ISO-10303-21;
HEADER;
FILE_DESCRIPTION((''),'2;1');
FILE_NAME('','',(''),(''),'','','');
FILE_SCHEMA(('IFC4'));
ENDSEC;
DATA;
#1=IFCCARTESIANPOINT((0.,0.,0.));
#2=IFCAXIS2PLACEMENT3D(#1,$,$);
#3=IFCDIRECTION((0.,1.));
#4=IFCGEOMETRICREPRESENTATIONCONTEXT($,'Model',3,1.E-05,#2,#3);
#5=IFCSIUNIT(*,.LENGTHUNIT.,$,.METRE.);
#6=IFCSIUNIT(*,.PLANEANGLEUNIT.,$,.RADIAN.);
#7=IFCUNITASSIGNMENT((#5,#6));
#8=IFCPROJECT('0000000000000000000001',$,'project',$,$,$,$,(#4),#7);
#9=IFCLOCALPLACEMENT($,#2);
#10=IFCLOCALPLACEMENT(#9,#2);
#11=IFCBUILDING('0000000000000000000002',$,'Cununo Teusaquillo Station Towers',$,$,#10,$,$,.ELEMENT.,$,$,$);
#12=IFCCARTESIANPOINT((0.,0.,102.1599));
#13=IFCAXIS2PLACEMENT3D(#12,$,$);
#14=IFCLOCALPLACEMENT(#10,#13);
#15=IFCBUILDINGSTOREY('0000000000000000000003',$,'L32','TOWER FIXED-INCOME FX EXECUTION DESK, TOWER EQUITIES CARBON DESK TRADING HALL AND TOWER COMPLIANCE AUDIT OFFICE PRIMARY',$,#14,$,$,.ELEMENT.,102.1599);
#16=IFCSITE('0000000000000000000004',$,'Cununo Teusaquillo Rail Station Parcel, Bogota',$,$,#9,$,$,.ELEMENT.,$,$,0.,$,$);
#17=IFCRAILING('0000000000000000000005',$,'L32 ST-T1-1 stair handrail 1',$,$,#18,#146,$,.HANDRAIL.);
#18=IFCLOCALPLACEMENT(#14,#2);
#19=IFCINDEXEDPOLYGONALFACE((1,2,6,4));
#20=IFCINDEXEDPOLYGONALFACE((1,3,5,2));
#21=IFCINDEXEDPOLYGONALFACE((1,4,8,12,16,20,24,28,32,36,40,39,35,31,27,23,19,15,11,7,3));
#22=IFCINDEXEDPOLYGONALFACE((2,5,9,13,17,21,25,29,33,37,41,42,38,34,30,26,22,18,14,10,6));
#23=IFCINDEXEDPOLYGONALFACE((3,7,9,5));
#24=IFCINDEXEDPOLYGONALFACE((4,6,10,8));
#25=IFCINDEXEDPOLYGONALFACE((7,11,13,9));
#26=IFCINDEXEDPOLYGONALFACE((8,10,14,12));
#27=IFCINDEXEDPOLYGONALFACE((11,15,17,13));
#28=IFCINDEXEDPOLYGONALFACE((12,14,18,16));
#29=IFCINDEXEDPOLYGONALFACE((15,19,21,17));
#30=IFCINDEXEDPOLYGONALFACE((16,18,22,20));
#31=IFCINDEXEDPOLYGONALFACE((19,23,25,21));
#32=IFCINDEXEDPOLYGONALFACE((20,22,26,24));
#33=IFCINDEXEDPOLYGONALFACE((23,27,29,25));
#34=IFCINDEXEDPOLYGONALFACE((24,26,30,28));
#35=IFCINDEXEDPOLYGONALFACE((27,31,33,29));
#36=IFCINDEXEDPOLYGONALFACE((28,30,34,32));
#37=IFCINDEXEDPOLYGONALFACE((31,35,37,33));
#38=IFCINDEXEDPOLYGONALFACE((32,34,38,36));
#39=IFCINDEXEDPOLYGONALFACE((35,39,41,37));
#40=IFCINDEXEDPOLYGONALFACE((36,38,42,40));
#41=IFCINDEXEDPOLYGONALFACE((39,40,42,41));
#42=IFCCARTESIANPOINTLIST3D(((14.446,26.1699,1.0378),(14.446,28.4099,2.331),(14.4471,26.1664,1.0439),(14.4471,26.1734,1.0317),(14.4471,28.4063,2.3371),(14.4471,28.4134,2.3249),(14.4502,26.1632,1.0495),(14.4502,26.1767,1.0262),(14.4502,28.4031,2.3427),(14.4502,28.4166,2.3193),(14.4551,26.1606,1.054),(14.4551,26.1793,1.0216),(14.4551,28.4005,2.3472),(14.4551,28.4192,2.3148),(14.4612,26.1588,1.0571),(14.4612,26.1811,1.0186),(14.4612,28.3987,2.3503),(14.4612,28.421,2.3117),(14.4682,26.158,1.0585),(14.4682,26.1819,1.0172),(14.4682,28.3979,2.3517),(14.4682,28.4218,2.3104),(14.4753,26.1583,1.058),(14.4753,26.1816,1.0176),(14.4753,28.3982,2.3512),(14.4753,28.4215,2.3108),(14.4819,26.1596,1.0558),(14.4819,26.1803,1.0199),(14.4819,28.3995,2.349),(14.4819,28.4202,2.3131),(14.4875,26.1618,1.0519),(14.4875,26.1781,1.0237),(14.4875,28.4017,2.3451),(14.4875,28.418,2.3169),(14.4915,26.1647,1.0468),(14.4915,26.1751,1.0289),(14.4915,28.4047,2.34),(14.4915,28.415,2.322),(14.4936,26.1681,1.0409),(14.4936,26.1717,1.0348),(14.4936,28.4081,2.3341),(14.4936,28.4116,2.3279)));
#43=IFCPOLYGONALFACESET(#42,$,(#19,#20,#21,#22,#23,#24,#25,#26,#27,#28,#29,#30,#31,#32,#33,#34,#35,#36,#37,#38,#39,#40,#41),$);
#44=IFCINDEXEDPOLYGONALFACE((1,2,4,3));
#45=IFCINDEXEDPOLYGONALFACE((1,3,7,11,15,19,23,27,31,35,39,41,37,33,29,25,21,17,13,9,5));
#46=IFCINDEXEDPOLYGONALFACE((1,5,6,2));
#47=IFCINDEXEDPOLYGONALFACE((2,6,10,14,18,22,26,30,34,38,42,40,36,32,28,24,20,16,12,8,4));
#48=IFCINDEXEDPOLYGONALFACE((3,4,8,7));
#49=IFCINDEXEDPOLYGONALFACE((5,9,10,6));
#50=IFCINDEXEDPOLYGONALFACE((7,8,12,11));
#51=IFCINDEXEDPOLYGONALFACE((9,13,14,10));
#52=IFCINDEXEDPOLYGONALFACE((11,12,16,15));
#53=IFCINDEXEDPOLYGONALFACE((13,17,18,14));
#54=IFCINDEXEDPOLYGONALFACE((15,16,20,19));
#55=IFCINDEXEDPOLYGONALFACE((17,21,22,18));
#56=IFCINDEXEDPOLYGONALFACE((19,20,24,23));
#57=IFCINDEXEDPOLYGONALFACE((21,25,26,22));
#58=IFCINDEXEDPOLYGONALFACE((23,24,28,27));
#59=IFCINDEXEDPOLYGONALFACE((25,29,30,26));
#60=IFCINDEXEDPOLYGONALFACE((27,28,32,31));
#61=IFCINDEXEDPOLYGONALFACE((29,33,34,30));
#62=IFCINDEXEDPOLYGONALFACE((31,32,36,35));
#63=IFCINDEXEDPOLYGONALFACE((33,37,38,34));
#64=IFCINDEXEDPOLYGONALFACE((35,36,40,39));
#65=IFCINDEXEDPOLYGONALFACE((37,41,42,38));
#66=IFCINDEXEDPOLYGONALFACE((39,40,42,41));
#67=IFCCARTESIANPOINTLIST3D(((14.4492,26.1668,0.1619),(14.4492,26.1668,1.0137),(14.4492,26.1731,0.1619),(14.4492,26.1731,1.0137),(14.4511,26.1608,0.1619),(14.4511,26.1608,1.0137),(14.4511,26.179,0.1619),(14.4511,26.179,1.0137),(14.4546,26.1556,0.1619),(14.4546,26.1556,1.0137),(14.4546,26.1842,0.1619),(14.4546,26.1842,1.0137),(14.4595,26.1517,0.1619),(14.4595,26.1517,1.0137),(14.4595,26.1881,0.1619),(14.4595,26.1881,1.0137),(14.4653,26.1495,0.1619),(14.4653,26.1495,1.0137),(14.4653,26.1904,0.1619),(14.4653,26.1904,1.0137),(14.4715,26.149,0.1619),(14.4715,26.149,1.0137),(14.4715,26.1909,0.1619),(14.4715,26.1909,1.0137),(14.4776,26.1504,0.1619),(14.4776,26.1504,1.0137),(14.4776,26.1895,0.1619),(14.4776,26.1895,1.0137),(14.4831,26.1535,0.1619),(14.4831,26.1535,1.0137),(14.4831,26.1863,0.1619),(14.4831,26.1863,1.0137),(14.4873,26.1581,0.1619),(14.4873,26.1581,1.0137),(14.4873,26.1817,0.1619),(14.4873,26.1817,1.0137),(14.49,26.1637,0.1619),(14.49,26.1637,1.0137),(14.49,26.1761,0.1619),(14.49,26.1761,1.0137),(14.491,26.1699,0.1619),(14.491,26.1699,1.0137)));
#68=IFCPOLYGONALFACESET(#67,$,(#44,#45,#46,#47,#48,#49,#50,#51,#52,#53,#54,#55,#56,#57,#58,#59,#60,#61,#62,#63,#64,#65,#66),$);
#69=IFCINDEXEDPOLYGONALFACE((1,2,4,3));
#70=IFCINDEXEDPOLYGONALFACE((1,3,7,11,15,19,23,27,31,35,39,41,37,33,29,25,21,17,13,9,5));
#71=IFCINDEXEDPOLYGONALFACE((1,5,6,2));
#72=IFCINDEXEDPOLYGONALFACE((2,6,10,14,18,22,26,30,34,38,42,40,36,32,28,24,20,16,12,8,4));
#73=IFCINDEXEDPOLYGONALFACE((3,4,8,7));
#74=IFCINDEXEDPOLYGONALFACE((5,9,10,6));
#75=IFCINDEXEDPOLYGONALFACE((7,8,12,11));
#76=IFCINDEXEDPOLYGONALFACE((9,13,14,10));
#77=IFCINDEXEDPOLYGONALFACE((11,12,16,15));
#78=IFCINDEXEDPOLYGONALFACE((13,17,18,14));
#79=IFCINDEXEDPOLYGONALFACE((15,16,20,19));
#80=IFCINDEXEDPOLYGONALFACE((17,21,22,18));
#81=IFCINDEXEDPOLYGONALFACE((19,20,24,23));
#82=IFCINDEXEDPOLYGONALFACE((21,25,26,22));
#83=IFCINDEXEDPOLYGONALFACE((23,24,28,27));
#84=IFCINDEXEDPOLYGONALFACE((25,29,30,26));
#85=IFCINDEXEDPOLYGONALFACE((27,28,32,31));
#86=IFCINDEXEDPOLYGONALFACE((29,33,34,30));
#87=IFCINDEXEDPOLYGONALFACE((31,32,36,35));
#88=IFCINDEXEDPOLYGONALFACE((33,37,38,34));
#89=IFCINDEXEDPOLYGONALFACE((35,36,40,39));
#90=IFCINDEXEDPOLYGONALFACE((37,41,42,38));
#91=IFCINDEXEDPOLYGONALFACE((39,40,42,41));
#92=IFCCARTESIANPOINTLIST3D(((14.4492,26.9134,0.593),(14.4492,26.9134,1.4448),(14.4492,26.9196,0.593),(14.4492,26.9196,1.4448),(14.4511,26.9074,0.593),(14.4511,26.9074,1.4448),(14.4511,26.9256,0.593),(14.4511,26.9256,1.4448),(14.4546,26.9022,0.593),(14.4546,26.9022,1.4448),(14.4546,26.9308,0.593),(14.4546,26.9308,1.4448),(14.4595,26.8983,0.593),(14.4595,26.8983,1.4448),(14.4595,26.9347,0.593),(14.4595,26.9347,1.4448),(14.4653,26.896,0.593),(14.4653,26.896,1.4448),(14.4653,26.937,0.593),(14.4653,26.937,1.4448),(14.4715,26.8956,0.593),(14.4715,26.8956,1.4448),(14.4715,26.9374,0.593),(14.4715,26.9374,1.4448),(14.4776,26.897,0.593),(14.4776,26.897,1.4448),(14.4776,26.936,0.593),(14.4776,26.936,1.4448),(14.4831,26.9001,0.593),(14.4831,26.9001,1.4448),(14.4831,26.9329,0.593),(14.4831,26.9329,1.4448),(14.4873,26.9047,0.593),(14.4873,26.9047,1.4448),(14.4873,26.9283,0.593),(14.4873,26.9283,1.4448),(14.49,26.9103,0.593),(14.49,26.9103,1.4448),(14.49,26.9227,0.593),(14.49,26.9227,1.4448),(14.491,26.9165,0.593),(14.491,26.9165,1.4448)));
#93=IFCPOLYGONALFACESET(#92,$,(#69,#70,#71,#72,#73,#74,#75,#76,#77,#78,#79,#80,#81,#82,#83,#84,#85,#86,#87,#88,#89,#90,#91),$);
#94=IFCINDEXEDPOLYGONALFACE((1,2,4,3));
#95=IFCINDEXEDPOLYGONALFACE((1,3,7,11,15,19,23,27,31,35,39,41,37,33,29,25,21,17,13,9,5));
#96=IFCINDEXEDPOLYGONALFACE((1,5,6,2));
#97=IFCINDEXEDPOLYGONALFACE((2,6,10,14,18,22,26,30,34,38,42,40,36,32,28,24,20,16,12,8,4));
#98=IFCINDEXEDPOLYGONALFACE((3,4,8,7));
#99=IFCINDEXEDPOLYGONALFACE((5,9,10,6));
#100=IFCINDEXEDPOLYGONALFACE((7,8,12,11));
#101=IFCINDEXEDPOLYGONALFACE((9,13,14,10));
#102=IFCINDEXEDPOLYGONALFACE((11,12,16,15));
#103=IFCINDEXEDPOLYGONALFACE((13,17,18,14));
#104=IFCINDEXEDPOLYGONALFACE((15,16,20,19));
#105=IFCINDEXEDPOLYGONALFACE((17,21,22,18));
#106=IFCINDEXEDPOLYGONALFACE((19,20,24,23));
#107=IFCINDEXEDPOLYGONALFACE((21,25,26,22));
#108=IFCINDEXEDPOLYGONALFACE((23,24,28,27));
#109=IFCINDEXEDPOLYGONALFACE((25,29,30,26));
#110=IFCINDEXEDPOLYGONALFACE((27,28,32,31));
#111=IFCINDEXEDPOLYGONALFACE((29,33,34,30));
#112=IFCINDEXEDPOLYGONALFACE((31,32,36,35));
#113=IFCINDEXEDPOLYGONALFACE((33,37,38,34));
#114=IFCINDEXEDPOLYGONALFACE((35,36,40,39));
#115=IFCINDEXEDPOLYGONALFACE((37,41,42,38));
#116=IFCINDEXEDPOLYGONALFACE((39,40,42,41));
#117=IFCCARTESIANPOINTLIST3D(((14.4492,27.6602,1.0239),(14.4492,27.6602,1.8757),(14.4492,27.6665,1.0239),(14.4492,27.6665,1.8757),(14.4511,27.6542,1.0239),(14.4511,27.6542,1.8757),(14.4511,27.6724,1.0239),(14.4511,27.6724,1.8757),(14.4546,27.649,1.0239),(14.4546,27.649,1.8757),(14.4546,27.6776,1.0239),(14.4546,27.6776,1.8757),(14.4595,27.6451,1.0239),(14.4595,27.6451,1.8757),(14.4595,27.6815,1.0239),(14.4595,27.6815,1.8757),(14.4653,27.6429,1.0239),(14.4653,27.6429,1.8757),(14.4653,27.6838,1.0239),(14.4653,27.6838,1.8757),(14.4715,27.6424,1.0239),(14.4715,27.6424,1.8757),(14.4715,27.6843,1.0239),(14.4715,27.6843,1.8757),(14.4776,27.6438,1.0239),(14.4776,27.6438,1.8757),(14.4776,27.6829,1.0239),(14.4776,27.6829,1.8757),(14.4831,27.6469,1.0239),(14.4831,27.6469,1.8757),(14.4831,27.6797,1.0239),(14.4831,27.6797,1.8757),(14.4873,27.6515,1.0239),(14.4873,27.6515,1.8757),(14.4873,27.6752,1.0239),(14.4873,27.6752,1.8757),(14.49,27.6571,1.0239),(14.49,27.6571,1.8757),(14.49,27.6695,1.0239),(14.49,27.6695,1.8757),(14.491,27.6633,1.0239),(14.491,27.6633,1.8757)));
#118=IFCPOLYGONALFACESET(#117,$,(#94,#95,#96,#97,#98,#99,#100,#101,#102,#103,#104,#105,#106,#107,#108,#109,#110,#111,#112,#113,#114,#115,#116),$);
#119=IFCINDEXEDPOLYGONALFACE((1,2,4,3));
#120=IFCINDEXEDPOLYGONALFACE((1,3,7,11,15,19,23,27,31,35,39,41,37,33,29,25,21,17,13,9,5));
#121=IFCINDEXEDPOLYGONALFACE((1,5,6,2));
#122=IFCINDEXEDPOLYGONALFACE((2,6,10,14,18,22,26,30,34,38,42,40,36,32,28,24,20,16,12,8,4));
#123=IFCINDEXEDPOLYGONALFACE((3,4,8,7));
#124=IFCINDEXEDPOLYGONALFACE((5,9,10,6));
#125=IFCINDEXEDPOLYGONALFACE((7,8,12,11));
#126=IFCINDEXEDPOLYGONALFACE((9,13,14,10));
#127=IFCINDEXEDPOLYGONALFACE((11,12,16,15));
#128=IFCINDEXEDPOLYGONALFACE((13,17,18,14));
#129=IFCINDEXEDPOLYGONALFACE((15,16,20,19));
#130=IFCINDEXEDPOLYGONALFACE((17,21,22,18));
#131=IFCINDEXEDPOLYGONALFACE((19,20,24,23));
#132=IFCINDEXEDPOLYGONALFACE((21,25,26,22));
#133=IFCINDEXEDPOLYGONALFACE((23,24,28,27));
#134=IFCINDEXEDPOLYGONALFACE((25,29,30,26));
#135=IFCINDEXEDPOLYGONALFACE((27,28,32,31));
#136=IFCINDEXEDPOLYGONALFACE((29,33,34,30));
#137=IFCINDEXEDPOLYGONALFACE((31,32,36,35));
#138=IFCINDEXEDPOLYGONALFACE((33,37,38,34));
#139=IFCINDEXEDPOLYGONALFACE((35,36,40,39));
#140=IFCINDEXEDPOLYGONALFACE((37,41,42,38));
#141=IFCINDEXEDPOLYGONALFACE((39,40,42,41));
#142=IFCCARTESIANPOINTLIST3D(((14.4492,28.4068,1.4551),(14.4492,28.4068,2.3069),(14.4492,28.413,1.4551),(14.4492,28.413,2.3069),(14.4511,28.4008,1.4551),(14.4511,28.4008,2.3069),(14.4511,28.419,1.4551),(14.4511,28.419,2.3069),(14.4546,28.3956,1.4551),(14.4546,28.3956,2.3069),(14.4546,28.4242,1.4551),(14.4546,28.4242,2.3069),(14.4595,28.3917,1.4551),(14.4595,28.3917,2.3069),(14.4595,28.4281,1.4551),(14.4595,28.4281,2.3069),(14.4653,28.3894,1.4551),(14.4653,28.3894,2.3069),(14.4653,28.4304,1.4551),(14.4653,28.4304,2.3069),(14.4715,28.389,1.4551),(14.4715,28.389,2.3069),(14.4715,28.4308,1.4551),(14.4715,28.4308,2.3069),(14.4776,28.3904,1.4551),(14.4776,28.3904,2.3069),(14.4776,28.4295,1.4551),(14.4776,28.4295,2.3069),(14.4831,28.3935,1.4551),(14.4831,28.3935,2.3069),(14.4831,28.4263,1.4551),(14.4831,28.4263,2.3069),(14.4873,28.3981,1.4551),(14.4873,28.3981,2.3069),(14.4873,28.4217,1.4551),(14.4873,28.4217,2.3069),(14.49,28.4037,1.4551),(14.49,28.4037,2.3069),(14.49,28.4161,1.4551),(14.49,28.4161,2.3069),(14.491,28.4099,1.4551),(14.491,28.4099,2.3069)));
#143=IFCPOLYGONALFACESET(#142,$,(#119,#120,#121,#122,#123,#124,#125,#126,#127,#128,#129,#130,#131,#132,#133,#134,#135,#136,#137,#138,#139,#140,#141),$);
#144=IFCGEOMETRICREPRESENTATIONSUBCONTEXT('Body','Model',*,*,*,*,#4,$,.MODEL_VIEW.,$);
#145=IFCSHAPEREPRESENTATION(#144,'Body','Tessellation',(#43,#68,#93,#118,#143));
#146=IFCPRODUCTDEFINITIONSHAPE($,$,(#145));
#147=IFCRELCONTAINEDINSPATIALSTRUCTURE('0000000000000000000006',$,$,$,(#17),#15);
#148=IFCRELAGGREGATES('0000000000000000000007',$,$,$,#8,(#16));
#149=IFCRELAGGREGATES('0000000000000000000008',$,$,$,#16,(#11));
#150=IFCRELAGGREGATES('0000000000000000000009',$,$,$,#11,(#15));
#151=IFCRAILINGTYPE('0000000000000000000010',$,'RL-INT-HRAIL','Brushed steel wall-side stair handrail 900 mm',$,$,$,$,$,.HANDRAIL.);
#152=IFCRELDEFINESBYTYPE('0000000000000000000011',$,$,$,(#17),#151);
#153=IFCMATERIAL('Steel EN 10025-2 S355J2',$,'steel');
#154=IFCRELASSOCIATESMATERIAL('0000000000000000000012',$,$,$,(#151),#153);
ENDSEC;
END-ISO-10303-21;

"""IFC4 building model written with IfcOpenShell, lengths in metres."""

from ifc_helpers import new_model, si_unit, direction, frame, origin, origin_2d, place, context, subcontext, project, spatial, circle, extrude, material, type_object, element, save


model = new_model("IFC4")

# Units and contexts
model_context = context("Model", 3, precision=1e-05, world=origin(), true_north=direction((0.0, 1.0)))
body_context = subcontext(model_context, "Body", "Model", "MODEL_VIEW")
ifc_project = project(units=[si_unit("LENGTHUNIT", "METRE"), si_unit("PLANEANGLEUNIT", "RADIAN")], contexts=[model_context])

# Site, building, storey
site_placement = place(None, origin())
site = spatial("IfcSite", under=ifc_project, at=site_placement, Name="Cununo Teusaquillo Rail Station Parcel, Bogota", CompositionType="ELEMENT", RefElevation=0.0)
building_placement = place(site_placement, origin())
building = spatial("IfcBuilding", under=site, at=building_placement, Name="Cununo Teusaquillo Station Towers", CompositionType="ELEMENT")
storey_placement = place(building_placement, frame((0.0, 0.0, 102.1599)))
storey = spatial("IfcBuildingStorey", under=building, at=storey_placement, Name="L32", Description="TOWER FIXED-INCOME FX EXECUTION DESK, TOWER EQUITIES CARBON DESK TRADING HALL AND TOWER COMPLIANCE AUDIT OFFICE PRIMARY", CompositionType="ELEMENT", Elevation=102.1599)

# Railing
ifc_material_1 = material(Name="Steel EN 10025-2 S355J2", Category="steel")
railing_type_1 = type_object("IfcRailingType", Name="RL-INT-HRAIL", Description="Brushed steel wall-side stair handrail 900 mm", PredefinedType="HANDRAIL", material=ifc_material_1)
railing_1_placement = place(storey_placement, frame((14.47, 26.1699, 0.1619)))
element("IfcRailing", 1, at=railing_1_placement, inside=storey, type_object=railing_type_1, Name="L32 ST-T1-1 stair handrail 1", PredefinedType="HANDRAIL", context=body_context, shape_type="SweptSolid", body=[
    extrude(circle(Radius=0.0239, at=origin_2d()), frame((0.0, 0.0, 0.876), z_axis=(0.0, 0.866033, 0.499987), x_axis=(-1.0, 0.0, 0.0)), (0.0, 0.0, 1.0), 2.5864),
    extrude(circle(Radius=0.021, at=origin_2d()), origin(), (0.0, 0.0, 1.0), 0.8518),
    extrude(circle(Radius=0.021, at=origin_2d()), frame((0.0, 0.7466, 0.4312)), (0.0, 0.0, 1.0), 0.8518),
    extrude(circle(Radius=0.021, at=origin_2d()), frame((0.0, 1.4934, 0.8621)), (0.0, 0.0, 1.0), 0.8518),
    extrude(circle(Radius=0.021, at=origin_2d()), frame((0.0, 2.24, 1.2932)), (0.0, 0.0, 1.0), 0.8518),
])

save(model, "model.ifc")
